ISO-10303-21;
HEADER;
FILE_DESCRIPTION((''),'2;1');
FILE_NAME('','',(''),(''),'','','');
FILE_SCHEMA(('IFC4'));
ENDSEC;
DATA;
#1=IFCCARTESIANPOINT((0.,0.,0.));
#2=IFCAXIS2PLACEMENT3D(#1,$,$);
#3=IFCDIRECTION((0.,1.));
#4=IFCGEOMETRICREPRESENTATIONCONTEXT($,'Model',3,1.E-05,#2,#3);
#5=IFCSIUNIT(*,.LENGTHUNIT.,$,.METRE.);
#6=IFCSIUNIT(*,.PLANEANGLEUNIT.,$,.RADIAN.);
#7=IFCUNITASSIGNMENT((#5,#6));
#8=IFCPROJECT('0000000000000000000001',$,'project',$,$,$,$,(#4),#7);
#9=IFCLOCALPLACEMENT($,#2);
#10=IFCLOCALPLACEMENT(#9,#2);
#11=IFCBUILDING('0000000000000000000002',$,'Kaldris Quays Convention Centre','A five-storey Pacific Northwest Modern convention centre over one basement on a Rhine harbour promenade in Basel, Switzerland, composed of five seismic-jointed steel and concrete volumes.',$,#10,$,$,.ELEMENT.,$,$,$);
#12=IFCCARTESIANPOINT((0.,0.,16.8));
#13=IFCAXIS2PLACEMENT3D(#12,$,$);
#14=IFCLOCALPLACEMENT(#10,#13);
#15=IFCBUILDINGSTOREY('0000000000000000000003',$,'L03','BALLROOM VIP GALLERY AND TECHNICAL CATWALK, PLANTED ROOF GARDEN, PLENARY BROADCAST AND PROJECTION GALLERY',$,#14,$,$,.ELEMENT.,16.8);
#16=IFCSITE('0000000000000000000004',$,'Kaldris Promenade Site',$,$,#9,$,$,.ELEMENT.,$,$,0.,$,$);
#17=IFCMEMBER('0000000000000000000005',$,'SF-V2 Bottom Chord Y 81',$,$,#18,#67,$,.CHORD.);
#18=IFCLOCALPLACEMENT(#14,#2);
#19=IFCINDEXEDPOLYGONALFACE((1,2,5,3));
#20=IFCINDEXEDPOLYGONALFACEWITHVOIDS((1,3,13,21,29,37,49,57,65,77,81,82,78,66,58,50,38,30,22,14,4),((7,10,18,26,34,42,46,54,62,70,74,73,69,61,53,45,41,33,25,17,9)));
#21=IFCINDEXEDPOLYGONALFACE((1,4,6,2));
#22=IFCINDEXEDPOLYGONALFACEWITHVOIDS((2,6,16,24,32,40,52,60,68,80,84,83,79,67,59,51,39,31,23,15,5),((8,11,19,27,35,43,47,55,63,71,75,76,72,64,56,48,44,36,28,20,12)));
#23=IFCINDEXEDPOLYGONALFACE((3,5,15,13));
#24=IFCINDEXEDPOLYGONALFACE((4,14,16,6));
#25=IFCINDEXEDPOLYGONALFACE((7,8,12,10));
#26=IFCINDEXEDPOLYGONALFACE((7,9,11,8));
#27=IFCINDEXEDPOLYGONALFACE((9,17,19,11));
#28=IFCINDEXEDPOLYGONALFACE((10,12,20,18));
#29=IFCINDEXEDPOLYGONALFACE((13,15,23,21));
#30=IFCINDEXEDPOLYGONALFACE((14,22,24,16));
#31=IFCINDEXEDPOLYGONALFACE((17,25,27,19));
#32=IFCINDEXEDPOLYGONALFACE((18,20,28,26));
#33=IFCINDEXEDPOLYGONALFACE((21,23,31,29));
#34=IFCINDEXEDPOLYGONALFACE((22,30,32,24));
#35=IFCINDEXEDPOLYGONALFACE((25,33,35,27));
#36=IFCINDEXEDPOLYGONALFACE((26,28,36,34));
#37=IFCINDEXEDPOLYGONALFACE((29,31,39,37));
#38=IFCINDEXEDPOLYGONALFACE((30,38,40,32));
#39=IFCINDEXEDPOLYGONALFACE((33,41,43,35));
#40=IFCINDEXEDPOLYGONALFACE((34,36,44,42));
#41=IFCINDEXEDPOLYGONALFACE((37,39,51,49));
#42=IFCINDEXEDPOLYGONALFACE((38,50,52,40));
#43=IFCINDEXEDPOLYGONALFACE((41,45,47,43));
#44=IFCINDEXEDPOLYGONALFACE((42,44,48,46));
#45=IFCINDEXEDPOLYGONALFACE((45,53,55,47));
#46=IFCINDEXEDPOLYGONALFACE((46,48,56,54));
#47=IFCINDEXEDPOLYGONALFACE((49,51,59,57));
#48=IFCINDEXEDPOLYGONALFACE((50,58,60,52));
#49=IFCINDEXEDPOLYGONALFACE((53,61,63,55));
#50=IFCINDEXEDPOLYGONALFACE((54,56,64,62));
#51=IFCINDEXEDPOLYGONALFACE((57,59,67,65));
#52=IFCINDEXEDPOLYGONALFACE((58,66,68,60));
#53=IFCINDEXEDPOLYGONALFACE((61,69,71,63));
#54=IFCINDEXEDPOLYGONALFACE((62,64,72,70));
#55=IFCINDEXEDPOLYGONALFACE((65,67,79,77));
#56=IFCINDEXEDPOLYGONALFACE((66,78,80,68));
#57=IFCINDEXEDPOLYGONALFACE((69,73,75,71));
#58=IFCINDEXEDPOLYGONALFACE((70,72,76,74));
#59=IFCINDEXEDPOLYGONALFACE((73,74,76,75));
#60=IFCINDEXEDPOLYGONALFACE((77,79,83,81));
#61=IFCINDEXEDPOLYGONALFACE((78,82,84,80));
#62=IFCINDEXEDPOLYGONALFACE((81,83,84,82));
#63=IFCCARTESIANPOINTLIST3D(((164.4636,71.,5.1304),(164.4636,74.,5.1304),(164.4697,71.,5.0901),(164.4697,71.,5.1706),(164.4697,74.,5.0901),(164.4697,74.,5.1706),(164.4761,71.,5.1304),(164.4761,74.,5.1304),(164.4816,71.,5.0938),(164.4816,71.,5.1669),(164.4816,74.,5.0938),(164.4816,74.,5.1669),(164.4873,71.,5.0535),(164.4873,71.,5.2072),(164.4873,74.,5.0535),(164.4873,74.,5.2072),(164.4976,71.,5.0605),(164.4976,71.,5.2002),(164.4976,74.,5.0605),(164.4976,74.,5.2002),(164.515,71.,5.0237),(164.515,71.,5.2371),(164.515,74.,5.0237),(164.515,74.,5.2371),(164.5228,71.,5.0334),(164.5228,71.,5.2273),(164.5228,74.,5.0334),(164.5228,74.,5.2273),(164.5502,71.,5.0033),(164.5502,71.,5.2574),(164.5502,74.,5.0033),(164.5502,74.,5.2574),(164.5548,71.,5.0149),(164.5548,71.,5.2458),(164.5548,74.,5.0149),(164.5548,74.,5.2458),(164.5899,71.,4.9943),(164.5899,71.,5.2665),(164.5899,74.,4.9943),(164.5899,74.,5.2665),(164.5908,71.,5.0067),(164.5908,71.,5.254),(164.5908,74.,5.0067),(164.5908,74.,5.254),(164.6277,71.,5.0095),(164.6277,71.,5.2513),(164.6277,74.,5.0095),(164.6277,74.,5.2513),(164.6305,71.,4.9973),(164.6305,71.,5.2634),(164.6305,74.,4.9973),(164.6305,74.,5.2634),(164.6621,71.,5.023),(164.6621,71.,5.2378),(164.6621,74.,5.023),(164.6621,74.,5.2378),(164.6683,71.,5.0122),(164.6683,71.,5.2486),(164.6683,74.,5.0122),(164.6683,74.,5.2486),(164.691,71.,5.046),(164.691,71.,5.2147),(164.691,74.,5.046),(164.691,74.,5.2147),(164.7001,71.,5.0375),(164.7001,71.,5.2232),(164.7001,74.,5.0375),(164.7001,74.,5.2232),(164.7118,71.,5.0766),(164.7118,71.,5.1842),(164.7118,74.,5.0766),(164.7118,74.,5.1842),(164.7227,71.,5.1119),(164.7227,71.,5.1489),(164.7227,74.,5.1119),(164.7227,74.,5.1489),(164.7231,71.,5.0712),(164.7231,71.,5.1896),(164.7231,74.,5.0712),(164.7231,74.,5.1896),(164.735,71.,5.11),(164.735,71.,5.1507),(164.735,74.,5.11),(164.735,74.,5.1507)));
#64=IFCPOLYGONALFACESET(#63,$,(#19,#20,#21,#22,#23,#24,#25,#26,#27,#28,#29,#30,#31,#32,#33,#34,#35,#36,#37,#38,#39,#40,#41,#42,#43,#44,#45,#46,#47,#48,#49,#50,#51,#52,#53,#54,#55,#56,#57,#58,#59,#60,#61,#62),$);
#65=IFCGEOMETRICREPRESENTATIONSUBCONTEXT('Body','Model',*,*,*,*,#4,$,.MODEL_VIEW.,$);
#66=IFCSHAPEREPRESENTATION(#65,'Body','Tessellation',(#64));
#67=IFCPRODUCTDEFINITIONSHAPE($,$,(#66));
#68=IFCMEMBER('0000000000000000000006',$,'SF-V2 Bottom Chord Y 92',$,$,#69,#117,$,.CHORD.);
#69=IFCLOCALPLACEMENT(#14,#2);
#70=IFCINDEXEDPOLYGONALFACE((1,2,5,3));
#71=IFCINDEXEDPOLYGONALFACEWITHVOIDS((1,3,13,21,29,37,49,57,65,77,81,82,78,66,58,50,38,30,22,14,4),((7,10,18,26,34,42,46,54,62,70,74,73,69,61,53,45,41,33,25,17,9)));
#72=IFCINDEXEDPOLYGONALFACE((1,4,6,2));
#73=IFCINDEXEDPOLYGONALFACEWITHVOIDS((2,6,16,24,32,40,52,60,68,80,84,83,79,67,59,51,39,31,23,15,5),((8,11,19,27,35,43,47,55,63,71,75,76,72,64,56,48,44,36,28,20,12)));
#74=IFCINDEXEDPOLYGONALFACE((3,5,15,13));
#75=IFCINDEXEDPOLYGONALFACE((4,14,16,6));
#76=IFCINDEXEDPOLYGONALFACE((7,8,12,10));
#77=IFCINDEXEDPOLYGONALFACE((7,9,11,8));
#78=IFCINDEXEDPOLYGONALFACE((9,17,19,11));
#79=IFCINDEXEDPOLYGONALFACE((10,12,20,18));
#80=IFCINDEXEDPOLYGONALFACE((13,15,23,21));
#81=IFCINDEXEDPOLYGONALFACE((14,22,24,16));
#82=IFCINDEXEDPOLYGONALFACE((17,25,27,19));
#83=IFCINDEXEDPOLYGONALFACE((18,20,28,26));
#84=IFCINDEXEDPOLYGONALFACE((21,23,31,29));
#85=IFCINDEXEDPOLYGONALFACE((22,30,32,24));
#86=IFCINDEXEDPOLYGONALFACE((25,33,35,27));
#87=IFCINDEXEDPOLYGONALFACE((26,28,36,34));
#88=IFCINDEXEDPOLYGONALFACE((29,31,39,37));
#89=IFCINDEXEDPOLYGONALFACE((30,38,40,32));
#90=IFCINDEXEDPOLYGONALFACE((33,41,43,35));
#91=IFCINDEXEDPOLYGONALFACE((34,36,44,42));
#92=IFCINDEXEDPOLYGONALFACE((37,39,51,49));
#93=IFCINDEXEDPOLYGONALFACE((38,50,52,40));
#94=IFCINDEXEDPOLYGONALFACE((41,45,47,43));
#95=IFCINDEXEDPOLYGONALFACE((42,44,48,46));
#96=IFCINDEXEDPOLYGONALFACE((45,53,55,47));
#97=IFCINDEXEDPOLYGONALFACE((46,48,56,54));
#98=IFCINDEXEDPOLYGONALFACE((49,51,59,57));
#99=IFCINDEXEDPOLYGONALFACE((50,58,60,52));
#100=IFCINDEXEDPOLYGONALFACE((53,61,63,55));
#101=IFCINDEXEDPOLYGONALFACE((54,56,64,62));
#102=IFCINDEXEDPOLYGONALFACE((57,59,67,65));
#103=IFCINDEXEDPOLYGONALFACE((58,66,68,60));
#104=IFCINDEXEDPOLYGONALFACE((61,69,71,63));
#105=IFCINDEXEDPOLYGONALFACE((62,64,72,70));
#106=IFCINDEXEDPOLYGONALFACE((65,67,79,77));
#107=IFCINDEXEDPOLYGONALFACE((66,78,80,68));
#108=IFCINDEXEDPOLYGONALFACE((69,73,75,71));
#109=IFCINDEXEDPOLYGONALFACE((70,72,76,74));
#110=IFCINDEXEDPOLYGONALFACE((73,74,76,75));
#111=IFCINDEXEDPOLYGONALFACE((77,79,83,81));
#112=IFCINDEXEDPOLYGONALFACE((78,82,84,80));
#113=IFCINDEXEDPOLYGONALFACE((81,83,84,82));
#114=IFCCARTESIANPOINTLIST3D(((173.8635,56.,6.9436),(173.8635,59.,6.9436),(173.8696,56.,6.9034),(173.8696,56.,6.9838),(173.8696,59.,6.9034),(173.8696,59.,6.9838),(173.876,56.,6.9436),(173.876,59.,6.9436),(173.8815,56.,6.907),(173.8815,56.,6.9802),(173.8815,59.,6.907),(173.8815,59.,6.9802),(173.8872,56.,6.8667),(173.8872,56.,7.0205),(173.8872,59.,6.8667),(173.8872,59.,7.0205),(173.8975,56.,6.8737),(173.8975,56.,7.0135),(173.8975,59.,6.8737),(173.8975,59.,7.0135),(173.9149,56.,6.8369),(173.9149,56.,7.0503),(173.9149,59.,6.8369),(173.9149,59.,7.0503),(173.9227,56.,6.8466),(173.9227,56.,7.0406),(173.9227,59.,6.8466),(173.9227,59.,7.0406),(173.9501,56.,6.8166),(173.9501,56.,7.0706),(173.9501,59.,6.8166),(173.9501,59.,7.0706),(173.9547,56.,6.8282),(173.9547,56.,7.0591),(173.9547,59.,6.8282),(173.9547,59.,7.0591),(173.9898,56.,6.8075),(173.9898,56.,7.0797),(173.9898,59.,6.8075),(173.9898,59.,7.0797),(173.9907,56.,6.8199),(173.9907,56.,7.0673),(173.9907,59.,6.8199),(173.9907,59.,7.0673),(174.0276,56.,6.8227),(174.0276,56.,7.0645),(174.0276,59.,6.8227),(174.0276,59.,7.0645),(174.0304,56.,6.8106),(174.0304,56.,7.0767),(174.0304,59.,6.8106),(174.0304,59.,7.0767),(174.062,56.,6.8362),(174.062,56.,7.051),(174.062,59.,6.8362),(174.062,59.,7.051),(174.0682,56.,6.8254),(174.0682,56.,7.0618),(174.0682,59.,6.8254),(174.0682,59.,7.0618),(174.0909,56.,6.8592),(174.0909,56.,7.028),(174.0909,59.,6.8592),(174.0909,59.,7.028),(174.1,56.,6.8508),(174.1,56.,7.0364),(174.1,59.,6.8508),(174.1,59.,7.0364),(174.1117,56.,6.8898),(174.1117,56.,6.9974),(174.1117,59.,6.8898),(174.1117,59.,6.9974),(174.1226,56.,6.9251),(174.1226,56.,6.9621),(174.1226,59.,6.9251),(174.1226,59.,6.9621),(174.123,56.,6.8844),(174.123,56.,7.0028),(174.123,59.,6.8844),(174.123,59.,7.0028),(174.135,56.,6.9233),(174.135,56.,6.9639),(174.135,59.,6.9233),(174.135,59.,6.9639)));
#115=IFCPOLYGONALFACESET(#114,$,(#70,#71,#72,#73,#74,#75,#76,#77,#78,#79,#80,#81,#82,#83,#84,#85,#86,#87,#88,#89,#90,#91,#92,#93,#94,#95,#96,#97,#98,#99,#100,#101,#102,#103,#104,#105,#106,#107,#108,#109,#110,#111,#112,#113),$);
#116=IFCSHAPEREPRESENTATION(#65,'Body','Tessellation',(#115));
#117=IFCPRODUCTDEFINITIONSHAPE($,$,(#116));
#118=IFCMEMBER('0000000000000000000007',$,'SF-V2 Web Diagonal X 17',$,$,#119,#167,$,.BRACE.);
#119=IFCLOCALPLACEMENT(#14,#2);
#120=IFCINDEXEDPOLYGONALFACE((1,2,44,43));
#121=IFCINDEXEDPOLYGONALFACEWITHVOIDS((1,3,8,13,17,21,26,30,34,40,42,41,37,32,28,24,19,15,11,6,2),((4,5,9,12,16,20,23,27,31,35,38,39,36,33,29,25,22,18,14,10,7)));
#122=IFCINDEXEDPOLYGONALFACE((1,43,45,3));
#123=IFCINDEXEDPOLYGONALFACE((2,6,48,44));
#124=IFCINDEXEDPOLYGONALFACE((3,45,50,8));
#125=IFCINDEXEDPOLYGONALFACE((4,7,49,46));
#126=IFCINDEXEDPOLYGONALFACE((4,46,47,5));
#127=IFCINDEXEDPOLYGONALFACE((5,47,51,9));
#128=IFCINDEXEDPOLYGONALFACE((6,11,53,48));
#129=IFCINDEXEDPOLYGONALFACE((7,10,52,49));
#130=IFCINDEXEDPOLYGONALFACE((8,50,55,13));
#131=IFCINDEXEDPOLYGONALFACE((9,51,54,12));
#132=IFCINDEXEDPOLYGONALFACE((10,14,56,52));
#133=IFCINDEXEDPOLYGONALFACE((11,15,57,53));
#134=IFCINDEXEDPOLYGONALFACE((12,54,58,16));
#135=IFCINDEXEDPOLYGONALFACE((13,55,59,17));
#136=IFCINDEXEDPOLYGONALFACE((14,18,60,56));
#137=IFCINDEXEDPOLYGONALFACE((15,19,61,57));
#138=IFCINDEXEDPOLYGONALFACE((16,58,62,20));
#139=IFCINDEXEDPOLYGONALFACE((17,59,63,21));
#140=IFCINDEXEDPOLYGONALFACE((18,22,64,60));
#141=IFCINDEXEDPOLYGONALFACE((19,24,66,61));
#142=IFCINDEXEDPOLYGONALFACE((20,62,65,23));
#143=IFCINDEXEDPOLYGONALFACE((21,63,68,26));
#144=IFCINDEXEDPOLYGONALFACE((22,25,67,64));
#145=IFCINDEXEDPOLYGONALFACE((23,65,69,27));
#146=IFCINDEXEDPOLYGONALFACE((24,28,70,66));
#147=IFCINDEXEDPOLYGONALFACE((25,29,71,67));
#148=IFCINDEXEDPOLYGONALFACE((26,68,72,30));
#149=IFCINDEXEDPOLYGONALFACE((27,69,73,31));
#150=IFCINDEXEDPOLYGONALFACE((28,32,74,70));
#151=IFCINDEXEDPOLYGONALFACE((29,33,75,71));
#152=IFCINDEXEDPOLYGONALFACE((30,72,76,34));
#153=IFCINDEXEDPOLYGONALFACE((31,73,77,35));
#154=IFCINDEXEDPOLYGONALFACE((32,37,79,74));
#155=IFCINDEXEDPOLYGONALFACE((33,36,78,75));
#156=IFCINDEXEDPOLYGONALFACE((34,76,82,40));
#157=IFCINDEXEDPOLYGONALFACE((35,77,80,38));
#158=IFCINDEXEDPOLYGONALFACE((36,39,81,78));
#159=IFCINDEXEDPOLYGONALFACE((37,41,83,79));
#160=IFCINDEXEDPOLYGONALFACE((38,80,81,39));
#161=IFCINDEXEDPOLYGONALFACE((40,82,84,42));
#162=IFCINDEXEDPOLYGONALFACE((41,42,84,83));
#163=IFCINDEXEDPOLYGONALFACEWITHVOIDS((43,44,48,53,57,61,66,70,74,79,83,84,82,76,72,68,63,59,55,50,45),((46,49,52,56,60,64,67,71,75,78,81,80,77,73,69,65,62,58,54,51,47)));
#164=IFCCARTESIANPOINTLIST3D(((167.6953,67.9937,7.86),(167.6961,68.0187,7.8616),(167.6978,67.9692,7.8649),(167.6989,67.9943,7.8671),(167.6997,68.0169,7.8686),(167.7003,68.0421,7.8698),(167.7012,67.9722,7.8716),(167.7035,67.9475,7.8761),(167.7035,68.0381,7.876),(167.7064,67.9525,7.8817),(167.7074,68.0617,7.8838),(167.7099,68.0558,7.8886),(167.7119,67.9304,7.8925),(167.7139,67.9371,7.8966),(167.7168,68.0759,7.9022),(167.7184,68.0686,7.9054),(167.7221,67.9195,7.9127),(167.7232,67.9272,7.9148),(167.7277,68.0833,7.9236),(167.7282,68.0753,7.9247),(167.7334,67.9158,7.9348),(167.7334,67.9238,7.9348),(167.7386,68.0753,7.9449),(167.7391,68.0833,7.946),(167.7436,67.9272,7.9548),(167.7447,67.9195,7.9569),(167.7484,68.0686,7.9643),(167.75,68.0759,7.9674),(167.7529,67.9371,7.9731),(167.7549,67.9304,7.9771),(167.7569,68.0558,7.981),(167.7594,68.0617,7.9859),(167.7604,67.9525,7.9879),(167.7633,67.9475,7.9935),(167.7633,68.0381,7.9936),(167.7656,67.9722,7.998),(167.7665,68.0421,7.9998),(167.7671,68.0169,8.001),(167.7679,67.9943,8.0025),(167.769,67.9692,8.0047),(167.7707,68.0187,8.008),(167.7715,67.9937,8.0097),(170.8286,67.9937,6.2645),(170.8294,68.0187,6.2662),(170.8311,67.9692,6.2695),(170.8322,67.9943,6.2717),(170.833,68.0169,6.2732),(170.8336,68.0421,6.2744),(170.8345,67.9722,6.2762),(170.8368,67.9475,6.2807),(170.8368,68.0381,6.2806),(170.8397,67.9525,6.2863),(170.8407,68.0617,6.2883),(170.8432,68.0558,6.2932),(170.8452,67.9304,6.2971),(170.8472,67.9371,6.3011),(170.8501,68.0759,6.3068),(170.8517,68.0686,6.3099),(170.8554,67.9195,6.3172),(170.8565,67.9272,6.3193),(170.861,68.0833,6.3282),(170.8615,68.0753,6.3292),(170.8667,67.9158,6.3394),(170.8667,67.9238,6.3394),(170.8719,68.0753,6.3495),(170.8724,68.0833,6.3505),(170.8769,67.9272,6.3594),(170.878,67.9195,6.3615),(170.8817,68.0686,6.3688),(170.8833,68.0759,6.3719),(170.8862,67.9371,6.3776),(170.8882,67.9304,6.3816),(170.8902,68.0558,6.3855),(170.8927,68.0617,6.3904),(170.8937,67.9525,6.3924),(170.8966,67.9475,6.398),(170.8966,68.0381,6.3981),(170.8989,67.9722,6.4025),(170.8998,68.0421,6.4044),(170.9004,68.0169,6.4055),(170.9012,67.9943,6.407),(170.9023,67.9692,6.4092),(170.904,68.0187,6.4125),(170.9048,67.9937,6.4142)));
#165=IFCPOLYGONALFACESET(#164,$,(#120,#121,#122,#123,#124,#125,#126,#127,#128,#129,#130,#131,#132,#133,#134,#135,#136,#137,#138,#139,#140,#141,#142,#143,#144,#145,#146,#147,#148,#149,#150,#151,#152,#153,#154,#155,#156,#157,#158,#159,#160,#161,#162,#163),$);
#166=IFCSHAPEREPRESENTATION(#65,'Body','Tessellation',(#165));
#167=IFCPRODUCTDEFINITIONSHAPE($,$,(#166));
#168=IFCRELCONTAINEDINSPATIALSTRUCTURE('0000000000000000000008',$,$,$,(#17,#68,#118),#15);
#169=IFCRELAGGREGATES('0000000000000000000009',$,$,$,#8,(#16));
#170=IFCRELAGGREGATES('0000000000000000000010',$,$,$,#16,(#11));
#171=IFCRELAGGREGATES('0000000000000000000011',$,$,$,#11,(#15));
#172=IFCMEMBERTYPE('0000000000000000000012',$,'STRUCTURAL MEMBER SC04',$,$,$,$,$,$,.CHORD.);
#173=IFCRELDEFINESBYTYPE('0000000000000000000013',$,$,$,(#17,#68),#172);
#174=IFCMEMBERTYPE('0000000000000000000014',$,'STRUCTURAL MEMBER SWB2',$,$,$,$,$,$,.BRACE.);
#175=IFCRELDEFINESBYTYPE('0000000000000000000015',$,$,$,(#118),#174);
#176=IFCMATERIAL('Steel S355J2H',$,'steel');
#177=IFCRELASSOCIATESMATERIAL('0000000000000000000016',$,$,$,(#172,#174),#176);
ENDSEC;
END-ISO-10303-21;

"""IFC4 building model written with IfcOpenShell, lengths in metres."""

from ifc_helpers import new_model, si_unit, direction, frame, origin, origin_2d, place, context, subcontext, project, spatial, hollow_circle, extrude, material, material_profile, profile_set, type_object, element, save


model = new_model("IFC4")

# Units and contexts
model_context = context("Model", 3, precision=1e-05, world=origin(), true_north=direction((0.0, 1.0)))
body_context = subcontext(model_context, "Body", "Model", "MODEL_VIEW")
ifc_project = project(units=[si_unit("LENGTHUNIT", "METRE"), si_unit("PLANEANGLEUNIT", "RADIAN")], contexts=[model_context])

# Site, building, storey
site_placement = place(None, origin())
site = spatial("IfcSite", under=ifc_project, at=site_placement, Name="Kaldris Promenade Site", CompositionType="ELEMENT", RefElevation=0.0)
building_placement = place(site_placement, origin())
building = spatial("IfcBuilding", under=site, at=building_placement, Name="Kaldris Quays Convention Centre", Description="A five-storey Pacific Northwest Modern convention centre over one basement on a Rhine harbour promenade in Basel, Switzerland, composed of five seismic-jointed steel and concrete volumes.", CompositionType="ELEMENT")
storey_placement = place(building_placement, frame((0.0, 0.0, 16.8)))
storey = spatial("IfcBuildingStorey", under=building, at=storey_placement, Name="L03", Description="BALLROOM VIP GALLERY AND TECHNICAL CATWALK, PLANTED ROOF GARDEN, PLENARY BROADCAST AND PROJECTION GALLERY", CompositionType="ELEMENT", Elevation=16.8)

# Members
ifc_material_1 = material(Name="Steel S355J2H", Category="steel")
ifc_material_profile_1 = material_profile(ifc_material_1, hollow_circle(Radius=0.1365, WallThickness=0.0125, at=origin_2d()), Name="CHS 273x12.5")
ifc_profile_set_1 = profile_set([ifc_material_profile_1], Name="Steel S355J2H")
member_type_1 = type_object("IfcMemberType", Name="STRUCTURAL MEMBER SC04", PredefinedType="CHORD", material=ifc_profile_set_1)
for number, where, z_axis, x_axis, name in (
    (1, (164.6001, 71.0, 5.1304), (0.0, 1.0, 0.0), (-1.0, 0.0, 0.0), "SF-V2 Bottom Chord Y 81"),
    (2, (174.0, 56.0, 6.9436), (0.0, 1.0, 0.0), (-1.0, 0.0, 0.0), "SF-V2 Bottom Chord Y 92"),
):
    element("IfcMember", number, at=place(storey_placement, frame(where, z_axis=z_axis, x_axis=x_axis)), inside=storey, type_object=member_type_1, Name=name, PredefinedType="CHORD", context=body_context, shape_type="SweptSolid", body=[
        extrude(hollow_circle(Radius=0.1365, WallThickness=0.0125, at=origin_2d()), origin(), (0.0, 0.0, 1.0), 3.0),
    ])
ifc_material_profile_2 = material_profile(ifc_material_1, hollow_circle(Radius=0.0842, WallThickness=0.0081, at=origin_2d()), Name="CHS 168.3x8")
ifc_profile_set_2 = profile_set([ifc_material_profile_2], Name="Steel S355J2H")
member_type_2 = type_object("IfcMemberType", Name="STRUCTURAL MEMBER SWB2", PredefinedType="BRACE", material=ifc_profile_set_2)
member_1_placement = place(storey_placement, frame((170.8667, 68.0, 6.3394), z_axis=(-0.891126, 0.0, 0.453756), x_axis=(0.0, -1.0, 0.0)))
element("IfcMember", 3, at=member_1_placement, inside=storey, type_object=member_type_2, Name="SF-V2 Web Diagonal X 17", PredefinedType="BRACE", context=body_context, shape_type="SweptSolid", body=[
    extrude(hollow_circle(Radius=0.0842, WallThickness=0.0081, at=origin_2d()), origin(), (0.0, 0.0, 1.0), 3.5161),
])

save(model, "model.ifc")
